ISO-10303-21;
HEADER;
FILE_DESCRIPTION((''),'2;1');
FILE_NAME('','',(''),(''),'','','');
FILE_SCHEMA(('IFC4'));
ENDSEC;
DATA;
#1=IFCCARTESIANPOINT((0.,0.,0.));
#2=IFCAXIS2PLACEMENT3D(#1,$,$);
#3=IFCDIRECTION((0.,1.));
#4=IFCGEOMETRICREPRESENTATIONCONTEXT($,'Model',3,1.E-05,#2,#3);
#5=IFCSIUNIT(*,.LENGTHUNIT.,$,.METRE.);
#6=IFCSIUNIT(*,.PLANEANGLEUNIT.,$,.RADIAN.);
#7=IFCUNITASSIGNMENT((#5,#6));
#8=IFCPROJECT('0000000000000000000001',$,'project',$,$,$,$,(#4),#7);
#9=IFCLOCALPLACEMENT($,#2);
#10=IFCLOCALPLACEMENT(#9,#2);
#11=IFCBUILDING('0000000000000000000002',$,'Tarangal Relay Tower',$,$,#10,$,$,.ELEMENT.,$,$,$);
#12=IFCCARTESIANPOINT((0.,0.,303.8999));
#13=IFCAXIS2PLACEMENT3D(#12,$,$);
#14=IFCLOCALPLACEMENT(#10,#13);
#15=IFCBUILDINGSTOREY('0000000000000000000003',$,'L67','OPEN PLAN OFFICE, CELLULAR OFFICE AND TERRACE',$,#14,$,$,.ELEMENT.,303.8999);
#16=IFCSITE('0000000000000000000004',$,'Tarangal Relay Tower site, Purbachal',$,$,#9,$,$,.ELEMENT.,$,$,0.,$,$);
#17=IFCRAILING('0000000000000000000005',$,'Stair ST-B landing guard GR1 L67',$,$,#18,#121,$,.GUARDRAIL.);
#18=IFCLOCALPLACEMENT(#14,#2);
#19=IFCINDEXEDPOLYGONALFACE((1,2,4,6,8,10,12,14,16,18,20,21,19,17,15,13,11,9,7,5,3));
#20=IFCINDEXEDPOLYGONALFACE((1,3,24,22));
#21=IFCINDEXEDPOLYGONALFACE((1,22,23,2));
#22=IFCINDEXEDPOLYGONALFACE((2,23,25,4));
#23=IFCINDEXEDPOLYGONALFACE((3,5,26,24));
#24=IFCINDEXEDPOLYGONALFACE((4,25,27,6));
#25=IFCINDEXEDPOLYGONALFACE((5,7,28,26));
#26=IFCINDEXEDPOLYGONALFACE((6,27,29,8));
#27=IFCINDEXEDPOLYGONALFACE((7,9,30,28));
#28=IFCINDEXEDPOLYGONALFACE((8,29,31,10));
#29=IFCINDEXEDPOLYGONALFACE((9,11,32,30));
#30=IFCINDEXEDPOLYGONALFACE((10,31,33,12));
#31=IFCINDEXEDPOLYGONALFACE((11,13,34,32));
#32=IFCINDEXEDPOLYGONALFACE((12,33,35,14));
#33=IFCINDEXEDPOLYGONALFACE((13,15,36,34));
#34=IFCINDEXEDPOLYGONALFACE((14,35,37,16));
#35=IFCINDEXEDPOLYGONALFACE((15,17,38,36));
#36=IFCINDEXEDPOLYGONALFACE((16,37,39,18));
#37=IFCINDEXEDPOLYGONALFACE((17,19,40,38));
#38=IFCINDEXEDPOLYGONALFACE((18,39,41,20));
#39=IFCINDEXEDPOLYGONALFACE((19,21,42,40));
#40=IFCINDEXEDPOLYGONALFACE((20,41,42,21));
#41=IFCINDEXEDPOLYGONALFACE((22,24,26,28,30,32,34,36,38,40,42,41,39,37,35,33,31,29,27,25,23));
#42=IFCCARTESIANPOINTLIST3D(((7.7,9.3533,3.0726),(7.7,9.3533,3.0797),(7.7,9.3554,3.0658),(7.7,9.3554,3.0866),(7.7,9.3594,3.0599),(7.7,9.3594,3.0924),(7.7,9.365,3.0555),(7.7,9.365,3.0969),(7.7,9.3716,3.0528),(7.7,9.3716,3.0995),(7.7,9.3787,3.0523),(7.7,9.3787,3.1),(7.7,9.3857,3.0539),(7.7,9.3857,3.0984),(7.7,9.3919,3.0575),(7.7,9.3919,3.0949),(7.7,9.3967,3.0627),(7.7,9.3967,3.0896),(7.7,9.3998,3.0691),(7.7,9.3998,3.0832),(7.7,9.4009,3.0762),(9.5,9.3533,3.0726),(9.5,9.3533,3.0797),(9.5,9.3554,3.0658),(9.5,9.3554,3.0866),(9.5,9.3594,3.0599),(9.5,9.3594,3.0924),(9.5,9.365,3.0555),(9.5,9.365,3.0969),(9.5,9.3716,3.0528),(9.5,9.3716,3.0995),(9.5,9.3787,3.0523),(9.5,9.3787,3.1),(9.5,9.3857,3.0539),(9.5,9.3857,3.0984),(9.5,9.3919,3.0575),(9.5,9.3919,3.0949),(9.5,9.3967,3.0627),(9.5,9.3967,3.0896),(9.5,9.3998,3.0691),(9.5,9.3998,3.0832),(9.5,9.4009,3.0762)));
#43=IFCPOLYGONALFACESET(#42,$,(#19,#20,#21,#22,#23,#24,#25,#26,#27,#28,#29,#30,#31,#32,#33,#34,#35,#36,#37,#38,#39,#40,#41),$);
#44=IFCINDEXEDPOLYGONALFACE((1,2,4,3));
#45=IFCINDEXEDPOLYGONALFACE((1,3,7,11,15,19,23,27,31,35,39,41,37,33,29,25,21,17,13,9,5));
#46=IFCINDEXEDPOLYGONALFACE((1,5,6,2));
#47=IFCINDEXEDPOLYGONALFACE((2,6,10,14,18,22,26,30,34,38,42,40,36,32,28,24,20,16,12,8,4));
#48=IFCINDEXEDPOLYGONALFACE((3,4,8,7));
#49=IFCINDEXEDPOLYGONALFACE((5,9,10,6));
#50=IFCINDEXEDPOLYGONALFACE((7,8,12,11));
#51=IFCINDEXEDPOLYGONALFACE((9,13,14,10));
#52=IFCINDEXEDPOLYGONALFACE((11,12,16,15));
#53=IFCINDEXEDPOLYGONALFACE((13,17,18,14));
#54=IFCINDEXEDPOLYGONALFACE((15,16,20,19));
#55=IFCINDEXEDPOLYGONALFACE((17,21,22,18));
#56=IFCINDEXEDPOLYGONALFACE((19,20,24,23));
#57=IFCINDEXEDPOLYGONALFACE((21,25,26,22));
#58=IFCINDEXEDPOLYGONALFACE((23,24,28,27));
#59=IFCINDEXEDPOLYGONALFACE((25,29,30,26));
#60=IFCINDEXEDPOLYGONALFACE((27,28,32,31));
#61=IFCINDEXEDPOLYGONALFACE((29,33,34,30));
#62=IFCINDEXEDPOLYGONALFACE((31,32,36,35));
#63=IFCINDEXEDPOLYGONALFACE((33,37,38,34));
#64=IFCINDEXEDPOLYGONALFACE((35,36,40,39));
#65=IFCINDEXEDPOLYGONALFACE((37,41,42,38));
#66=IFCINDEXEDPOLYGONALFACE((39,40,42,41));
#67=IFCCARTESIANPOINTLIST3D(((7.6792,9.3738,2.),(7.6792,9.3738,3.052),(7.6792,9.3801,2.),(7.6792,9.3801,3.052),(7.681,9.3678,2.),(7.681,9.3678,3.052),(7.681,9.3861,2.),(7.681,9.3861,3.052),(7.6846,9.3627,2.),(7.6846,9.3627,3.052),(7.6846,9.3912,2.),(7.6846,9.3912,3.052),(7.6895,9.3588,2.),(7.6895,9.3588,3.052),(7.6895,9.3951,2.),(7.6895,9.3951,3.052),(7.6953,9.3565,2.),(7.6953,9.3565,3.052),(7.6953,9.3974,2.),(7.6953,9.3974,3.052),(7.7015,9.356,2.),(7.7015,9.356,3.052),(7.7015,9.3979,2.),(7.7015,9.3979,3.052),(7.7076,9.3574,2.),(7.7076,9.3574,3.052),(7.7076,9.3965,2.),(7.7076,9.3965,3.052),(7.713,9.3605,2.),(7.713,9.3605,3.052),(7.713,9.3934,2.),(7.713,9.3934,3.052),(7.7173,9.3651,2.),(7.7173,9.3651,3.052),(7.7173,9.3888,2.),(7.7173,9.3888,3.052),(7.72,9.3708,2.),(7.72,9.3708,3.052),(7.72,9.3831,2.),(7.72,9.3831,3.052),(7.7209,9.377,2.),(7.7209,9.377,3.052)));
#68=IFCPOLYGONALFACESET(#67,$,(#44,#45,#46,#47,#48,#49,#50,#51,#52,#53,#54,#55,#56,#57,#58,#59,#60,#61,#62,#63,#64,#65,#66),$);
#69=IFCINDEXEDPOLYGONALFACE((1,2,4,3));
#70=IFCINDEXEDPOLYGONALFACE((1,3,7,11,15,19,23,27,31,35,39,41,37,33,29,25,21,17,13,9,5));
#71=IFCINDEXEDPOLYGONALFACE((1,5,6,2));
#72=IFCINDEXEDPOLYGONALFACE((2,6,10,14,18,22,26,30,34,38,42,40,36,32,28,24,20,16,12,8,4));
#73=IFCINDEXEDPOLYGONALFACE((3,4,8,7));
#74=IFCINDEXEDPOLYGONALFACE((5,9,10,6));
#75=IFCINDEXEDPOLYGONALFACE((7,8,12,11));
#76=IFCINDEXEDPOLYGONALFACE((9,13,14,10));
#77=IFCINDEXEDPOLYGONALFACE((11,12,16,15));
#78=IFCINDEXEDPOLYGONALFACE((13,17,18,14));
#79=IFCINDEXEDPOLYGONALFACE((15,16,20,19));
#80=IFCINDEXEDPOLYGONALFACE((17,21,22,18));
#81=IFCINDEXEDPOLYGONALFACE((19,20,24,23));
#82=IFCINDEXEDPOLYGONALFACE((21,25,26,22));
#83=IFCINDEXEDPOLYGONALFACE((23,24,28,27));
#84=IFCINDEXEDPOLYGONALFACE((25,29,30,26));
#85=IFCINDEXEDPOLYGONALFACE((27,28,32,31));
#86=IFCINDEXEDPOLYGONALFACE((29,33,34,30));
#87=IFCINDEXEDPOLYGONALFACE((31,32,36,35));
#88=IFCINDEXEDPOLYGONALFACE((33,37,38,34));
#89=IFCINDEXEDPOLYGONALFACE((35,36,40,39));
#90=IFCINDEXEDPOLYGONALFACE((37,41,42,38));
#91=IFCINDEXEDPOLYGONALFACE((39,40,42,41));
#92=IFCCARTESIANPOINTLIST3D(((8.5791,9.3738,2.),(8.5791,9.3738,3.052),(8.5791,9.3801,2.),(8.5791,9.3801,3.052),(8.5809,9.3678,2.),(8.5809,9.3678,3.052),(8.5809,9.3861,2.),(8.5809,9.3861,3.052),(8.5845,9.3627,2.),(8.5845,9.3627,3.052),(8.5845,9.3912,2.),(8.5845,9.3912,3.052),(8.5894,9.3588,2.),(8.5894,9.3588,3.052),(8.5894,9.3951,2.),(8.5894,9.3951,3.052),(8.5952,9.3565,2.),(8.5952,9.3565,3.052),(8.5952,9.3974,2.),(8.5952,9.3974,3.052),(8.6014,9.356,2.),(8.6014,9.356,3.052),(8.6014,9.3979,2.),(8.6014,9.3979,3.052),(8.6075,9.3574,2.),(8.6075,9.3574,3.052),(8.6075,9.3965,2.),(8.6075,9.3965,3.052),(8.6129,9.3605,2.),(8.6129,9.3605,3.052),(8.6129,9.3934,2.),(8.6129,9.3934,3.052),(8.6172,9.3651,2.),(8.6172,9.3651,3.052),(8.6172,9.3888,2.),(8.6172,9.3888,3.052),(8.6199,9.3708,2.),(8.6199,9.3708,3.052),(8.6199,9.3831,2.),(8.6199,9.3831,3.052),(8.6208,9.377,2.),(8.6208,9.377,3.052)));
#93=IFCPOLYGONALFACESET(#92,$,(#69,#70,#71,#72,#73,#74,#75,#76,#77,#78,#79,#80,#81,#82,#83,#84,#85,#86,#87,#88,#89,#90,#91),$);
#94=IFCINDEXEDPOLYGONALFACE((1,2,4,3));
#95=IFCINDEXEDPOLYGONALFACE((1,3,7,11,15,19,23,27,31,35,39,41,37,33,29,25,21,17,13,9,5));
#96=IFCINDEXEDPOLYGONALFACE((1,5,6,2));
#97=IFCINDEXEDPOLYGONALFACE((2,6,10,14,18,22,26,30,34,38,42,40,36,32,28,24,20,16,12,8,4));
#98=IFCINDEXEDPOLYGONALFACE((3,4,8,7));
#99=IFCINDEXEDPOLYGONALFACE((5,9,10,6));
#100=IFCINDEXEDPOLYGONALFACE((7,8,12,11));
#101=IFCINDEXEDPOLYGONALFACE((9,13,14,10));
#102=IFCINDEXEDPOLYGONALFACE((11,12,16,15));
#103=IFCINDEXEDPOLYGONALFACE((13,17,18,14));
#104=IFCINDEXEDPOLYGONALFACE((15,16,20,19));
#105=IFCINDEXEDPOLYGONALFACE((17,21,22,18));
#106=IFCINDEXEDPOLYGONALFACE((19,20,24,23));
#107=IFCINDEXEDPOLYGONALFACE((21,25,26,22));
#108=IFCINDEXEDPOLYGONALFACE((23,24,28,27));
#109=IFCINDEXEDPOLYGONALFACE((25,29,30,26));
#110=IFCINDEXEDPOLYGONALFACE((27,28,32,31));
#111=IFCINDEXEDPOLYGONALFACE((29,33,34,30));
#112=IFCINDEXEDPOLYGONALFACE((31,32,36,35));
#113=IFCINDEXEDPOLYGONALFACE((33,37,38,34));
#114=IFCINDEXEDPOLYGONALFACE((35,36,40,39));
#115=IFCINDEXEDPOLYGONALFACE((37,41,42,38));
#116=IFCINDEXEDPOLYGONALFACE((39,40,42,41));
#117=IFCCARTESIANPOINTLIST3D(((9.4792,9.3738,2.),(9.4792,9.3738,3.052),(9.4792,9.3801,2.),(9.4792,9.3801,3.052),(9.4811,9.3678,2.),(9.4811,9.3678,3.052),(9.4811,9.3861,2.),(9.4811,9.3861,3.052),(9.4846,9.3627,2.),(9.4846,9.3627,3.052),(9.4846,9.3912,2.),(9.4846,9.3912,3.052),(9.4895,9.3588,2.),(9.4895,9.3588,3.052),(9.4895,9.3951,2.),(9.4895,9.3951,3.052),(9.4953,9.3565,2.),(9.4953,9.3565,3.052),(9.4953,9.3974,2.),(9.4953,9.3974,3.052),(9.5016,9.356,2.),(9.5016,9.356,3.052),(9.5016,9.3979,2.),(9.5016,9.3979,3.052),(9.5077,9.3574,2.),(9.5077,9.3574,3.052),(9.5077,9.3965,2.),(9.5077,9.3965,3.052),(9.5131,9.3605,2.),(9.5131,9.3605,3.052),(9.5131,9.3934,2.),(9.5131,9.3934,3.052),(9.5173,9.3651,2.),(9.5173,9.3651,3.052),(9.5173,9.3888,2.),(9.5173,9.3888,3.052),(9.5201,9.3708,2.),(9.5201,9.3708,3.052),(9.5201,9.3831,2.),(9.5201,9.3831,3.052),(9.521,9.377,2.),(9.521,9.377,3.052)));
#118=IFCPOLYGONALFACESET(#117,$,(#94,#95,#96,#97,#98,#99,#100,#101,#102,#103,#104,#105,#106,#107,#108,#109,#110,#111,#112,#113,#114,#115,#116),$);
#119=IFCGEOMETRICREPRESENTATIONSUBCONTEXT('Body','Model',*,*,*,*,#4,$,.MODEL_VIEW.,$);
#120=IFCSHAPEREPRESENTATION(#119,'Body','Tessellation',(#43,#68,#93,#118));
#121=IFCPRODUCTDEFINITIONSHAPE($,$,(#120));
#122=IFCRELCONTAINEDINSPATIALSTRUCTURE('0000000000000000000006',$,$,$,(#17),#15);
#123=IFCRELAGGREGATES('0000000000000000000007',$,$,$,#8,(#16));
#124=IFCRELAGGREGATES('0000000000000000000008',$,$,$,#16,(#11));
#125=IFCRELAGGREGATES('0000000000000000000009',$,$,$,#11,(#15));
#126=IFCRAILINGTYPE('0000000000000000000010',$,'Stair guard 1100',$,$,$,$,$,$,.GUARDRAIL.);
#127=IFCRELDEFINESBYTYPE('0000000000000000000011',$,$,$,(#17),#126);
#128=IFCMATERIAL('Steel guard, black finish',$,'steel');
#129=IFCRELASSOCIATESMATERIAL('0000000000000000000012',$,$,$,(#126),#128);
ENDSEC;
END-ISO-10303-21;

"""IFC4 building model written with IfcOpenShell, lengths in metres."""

from ifc_helpers import new_model, si_unit, direction, frame, origin, origin_2d, place, context, subcontext, project, spatial, circle, extrude, material, type_object, element, save


model = new_model("IFC4")

# Units and contexts
model_context = context("Model", 3, precision=1e-05, world=origin(), true_north=direction((0.0, 1.0)))
body_context = subcontext(model_context, "Body", "Model", "MODEL_VIEW")
ifc_project = project(units=[si_unit("LENGTHUNIT", "METRE"), si_unit("PLANEANGLEUNIT", "RADIAN")], contexts=[model_context])

# Site, building, storey
site_placement = place(None, origin())
site = spatial("IfcSite", under=ifc_project, at=site_placement, Name="Tarangal Relay Tower site, Purbachal", CompositionType="ELEMENT", RefElevation=0.0)
building_placement = place(site_placement, origin())
building = spatial("IfcBuilding", under=site, at=building_placement, Name="Tarangal Relay Tower", CompositionType="ELEMENT")
storey_placement = place(building_placement, frame((0.0, 0.0, 303.8999)))
storey = spatial("IfcBuildingStorey", under=building, at=storey_placement, Name="L67", Description="OPEN PLAN OFFICE, CELLULAR OFFICE AND TERRACE", CompositionType="ELEMENT", Elevation=303.8999)

# Railing
ifc_material_1 = material(Name="Steel guard, black finish", Category="steel")
railing_type = type_object("IfcRailingType", Name="Stair guard 1100", PredefinedType="GUARDRAIL", material=ifc_material_1)
railing_1_placement = place(storey_placement, frame((7.7, 9.377, 2.0)))
element("IfcRailing", 1, at=railing_1_placement, inside=storey, type_object=railing_type, Name="Stair ST-B landing guard GR1 L67", PredefinedType="GUARDRAIL", context=body_context, shape_type="SweptSolid", body=[
    extrude(circle(Radius=0.0239, at=origin_2d()), frame((0.0, 0.0, 1.0762), z_axis=(1.0, 0.0, 0.0), x_axis=(0.0, 1.0, 0.0)), (0.0, 0.0, 1.0), 1.8),
    extrude(circle(Radius=0.021, at=origin_2d()), origin(), (0.0, 0.0, 1.0), 1.052),
    extrude(circle(Radius=0.021, at=origin_2d()), frame((0.8999, 0.0, 0.0)), (0.0, 0.0, 1.0), 1.052),
    extrude(circle(Radius=0.021, at=origin_2d()), frame((1.8, 0.0, 0.0)), (0.0, 0.0, 1.0), 1.052),
])

save(model, "model.ifc")
